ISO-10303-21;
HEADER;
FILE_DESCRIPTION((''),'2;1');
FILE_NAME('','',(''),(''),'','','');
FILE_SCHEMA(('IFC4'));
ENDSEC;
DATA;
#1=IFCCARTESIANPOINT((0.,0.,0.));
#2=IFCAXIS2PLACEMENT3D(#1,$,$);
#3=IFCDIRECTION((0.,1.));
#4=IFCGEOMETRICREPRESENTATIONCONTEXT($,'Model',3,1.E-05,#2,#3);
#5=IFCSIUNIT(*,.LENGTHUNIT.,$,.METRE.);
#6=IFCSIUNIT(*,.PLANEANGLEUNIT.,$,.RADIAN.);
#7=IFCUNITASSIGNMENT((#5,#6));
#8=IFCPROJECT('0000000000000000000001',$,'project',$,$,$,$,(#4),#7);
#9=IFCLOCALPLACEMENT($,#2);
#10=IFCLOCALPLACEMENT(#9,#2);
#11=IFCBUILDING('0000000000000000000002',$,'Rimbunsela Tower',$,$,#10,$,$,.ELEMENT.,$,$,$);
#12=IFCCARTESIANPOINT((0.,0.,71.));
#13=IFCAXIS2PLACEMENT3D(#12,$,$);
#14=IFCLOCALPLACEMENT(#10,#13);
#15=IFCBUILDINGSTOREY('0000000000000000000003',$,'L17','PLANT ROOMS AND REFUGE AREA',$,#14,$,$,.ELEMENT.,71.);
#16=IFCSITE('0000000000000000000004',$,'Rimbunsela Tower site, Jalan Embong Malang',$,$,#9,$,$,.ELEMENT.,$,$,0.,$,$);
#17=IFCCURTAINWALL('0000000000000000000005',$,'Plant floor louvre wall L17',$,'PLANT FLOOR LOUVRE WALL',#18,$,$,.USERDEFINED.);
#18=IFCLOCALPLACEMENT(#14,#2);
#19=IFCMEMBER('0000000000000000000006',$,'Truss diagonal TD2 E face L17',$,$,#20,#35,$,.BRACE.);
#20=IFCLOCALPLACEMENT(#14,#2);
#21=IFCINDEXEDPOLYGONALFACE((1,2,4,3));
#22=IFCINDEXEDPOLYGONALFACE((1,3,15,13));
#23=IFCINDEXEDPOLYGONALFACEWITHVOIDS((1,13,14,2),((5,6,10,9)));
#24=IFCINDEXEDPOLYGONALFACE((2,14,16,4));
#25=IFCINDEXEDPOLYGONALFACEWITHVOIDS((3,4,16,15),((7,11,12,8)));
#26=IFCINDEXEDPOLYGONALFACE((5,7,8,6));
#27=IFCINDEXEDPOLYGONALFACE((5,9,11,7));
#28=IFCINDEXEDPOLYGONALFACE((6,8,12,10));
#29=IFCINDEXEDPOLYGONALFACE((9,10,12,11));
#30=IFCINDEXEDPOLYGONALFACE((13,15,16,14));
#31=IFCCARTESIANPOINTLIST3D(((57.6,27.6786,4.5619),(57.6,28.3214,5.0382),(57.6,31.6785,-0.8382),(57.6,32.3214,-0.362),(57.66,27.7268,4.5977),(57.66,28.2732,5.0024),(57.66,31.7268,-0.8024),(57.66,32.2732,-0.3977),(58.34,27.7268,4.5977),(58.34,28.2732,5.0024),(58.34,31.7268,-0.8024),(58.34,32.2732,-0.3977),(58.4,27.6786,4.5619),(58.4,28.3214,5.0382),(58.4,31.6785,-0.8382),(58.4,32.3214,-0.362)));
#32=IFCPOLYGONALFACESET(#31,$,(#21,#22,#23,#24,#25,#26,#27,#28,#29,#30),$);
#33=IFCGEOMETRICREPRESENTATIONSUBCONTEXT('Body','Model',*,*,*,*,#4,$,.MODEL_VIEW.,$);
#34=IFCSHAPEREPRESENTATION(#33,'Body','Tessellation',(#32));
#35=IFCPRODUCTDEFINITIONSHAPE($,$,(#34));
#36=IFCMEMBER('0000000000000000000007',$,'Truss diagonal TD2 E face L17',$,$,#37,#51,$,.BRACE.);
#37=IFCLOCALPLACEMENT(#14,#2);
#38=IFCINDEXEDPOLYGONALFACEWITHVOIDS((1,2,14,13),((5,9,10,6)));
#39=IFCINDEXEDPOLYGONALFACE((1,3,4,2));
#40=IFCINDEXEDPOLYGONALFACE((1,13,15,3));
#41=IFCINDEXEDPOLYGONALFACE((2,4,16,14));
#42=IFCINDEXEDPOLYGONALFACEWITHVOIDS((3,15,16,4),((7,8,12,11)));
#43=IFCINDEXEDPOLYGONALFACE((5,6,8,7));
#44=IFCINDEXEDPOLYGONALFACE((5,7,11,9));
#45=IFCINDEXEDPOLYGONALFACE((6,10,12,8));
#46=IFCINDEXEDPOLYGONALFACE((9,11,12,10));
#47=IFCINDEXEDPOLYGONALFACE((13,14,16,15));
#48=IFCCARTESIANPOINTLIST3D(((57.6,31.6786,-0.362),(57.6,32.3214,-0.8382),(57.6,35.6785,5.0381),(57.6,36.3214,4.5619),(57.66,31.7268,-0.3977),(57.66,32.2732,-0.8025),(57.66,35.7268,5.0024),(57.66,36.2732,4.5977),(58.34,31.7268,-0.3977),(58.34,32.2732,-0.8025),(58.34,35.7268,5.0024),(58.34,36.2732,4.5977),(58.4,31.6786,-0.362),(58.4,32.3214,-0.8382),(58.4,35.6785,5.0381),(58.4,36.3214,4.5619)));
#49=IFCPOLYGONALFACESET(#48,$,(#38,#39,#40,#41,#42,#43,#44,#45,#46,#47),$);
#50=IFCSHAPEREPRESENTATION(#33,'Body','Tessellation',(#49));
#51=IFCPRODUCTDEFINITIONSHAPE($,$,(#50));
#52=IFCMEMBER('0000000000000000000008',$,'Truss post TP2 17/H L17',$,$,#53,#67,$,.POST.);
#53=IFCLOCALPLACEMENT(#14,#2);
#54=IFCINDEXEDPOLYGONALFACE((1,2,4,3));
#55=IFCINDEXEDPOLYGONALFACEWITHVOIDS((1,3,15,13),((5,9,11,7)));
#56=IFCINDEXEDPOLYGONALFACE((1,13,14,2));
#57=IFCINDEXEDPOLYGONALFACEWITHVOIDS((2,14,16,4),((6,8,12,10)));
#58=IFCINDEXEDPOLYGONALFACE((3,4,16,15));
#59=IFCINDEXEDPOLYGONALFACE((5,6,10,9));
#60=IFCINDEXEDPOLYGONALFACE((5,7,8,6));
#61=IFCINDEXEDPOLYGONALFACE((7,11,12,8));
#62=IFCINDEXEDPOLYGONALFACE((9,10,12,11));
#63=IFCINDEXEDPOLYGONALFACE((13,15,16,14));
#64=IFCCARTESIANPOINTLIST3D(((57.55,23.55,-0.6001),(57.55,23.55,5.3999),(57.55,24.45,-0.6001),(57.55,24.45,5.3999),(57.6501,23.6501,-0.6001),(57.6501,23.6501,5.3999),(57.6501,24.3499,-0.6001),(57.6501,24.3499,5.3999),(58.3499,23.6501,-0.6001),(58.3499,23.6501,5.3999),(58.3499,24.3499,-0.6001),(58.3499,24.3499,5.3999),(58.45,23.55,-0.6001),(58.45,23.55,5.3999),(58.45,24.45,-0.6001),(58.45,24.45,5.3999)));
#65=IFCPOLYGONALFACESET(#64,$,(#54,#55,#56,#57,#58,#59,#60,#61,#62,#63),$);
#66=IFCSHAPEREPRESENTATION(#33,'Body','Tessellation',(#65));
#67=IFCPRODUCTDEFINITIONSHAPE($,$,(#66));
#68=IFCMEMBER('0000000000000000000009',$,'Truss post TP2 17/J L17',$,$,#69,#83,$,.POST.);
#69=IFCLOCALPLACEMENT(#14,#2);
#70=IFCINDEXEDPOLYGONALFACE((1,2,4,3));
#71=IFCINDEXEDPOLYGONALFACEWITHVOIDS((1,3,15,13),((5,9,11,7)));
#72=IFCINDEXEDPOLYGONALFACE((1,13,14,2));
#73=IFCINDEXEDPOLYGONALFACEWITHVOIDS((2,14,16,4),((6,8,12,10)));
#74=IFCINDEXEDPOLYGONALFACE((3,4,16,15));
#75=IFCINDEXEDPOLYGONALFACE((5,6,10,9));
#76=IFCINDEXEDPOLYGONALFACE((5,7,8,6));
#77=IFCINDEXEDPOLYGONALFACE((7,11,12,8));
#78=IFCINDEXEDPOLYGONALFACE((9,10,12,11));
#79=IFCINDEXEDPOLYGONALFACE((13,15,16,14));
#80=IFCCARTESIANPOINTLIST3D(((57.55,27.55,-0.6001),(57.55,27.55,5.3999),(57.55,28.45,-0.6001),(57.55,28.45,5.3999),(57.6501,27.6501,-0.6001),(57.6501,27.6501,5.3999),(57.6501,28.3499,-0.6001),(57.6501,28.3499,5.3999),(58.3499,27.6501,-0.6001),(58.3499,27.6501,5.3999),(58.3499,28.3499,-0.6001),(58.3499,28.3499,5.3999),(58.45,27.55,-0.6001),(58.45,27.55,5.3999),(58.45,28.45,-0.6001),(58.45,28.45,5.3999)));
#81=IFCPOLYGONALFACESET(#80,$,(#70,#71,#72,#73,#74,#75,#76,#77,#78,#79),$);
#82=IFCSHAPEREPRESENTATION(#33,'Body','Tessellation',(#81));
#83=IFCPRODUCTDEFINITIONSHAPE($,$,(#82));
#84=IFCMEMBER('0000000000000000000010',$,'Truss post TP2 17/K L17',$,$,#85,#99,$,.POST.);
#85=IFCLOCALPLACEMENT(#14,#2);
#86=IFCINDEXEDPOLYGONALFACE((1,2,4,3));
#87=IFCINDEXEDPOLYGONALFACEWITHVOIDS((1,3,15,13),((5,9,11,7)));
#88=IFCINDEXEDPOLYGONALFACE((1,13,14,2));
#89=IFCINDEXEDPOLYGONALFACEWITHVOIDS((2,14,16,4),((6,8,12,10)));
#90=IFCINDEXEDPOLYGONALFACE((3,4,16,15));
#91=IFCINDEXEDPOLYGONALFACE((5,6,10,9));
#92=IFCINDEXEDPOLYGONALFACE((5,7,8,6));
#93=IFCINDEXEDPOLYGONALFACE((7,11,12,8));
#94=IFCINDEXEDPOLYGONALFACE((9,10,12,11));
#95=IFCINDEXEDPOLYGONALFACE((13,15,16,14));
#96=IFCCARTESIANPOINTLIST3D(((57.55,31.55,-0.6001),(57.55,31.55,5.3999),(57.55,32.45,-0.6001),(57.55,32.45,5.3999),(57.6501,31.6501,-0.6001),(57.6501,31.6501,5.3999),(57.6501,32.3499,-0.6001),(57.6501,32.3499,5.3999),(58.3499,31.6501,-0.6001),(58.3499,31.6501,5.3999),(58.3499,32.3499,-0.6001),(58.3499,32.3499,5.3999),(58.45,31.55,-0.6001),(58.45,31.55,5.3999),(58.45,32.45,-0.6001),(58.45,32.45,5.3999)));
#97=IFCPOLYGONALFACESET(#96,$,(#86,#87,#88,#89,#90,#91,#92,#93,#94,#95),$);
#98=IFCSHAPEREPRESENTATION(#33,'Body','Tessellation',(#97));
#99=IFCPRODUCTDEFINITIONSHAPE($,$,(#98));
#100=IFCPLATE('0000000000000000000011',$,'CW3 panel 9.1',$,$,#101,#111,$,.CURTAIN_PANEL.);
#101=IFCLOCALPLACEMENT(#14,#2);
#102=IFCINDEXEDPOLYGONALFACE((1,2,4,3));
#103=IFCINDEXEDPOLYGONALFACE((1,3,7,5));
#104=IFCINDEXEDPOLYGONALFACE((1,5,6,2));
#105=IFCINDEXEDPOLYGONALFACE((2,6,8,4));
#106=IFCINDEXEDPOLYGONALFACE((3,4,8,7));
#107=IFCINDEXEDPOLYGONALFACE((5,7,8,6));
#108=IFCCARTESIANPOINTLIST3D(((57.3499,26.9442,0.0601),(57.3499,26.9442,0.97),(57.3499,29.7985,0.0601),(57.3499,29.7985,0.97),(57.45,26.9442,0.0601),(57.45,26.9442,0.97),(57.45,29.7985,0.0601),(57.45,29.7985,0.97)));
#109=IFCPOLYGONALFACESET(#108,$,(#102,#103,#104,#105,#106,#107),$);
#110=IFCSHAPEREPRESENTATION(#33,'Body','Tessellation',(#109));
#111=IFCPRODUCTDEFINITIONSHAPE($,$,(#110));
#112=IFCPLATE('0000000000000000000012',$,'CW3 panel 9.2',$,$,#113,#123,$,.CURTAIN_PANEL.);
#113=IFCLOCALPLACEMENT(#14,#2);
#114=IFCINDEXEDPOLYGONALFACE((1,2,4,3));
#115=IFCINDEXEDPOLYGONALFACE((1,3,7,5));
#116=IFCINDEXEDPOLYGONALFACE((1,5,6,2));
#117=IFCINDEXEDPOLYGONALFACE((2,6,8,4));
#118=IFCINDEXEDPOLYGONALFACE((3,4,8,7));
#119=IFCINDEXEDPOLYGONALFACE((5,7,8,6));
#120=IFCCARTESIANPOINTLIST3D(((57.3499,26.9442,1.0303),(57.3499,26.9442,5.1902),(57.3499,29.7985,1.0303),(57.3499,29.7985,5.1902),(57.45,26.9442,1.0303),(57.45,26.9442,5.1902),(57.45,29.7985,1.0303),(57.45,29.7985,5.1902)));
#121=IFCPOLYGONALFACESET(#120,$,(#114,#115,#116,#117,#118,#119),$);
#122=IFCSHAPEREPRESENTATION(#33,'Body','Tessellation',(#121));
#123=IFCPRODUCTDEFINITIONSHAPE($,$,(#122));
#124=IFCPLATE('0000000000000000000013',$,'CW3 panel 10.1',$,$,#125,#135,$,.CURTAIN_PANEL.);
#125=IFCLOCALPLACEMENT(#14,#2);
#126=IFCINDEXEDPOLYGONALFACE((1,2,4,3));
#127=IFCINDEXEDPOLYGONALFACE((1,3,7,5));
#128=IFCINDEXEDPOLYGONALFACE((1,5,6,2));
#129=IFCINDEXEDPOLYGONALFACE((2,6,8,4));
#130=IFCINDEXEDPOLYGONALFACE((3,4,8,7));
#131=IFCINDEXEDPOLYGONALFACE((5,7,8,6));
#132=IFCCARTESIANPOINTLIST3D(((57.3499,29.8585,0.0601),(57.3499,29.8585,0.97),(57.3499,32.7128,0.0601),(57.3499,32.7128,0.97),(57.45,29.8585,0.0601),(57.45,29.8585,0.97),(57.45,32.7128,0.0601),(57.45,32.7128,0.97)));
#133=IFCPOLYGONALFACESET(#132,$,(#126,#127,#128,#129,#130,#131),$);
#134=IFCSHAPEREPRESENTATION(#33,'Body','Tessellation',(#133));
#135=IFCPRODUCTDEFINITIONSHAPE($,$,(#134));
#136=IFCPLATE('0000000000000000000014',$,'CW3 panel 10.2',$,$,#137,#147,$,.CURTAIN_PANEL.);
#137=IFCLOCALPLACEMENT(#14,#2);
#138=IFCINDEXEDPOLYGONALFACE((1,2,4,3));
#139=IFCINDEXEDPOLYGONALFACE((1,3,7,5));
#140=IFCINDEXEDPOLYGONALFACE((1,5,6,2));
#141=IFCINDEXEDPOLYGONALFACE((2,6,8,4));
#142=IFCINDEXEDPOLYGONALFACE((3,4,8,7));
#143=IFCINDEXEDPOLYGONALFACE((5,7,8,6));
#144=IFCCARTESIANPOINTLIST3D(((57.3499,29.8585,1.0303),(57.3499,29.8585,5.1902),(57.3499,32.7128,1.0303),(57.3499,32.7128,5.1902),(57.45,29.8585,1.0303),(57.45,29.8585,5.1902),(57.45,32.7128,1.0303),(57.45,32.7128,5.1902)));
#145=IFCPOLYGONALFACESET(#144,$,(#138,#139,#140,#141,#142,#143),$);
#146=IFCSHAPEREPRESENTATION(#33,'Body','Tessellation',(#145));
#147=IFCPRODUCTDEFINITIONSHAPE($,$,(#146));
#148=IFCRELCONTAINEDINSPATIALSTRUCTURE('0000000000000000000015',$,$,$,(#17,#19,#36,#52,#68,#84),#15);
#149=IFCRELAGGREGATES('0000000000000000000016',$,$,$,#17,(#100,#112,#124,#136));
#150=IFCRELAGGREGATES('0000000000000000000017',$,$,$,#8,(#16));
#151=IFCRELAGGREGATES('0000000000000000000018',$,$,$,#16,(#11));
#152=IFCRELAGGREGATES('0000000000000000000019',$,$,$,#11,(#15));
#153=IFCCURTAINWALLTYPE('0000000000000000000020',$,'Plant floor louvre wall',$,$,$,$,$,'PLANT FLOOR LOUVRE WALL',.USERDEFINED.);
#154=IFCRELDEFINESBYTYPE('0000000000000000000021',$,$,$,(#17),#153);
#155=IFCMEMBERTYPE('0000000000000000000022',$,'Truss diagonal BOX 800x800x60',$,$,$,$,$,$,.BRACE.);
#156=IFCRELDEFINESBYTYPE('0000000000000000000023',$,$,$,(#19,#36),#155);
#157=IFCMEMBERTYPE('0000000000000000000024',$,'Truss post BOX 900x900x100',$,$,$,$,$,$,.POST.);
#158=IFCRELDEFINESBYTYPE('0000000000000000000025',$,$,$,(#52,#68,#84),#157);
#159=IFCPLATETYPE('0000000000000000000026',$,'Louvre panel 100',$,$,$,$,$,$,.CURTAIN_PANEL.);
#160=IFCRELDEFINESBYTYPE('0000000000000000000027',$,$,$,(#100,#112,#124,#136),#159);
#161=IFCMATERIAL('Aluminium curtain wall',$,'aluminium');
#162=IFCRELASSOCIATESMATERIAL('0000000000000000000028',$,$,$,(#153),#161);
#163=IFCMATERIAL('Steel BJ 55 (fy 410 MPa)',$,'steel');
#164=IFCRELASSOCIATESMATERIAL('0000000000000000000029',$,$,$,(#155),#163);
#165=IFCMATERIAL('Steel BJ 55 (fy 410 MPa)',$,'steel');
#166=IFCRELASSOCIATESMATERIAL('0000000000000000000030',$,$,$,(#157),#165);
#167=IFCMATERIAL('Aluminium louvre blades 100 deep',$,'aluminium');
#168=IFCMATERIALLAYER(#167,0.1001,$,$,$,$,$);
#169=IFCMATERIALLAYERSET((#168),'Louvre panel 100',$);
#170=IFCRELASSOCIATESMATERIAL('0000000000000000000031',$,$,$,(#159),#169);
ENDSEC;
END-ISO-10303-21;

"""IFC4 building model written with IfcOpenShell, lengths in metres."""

from ifc_helpers import new_model, si_unit, direction, frame, origin, origin_2d, place, context, subcontext, project, spatial, rectangle, hollow_rectangle, extrude, material, layer, layer_set, material_profile, profile_set, type_object, element, aggregate, save


model = new_model("IFC4")

# Units and contexts
model_context = context("Model", 3, precision=1e-05, world=origin(), true_north=direction((0.0, 1.0)))
body_context = subcontext(model_context, "Body", "Model", "MODEL_VIEW")
ifc_project = project(units=[si_unit("LENGTHUNIT", "METRE"), si_unit("PLANEANGLEUNIT", "RADIAN")], contexts=[model_context])

# Site, building, storey
site_placement = place(None, origin())
site = spatial("IfcSite", under=ifc_project, at=site_placement, Name="Rimbunsela Tower site, Jalan Embong Malang", CompositionType="ELEMENT", RefElevation=0.0)
building_placement = place(site_placement, origin())
building = spatial("IfcBuilding", under=site, at=building_placement, Name="Rimbunsela Tower", CompositionType="ELEMENT")
storey_placement = place(building_placement, frame((0.0, 0.0, 71.0)))
storey = spatial("IfcBuildingStorey", under=building, at=storey_placement, Name="L17", Description="PLANT ROOMS AND REFUGE AREA", CompositionType="ELEMENT", Elevation=71.0)

# Curtain wall
ifc_material_1 = material(Name="Aluminium curtain wall", Category="aluminium")
curtain_wall_type = type_object("IfcCurtainWallType", Name="Plant floor louvre wall", ElementType="PLANT FLOOR LOUVRE WALL", PredefinedType="USERDEFINED", material=ifc_material_1)
curtain_wall_placement = place(storey_placement, origin())
curtain_wall = element("IfcCurtainWall", 1, at=curtain_wall_placement, inside=storey, type_object=curtain_wall_type, Name="Plant floor louvre wall L17", ObjectType="PLANT FLOOR LOUVRE WALL", PredefinedType="USERDEFINED")

# Members
ifc_material_2 = material(Name="Steel BJ 55 (fy 410 MPa)", Category="steel")
ifc_material_profile_1 = material_profile(ifc_material_2, hollow_rectangle(XDim=0.8, YDim=0.8, WallThickness=0.0601, at=origin_2d()), Name="BOX 800x800x60")
ifc_profile_set_1 = profile_set([ifc_material_profile_1], Name="Steel BJ 55 (fy 410 MPa)")
member_type_1 = type_object("IfcMemberType", Name="Truss diagonal BOX 800x800x60", PredefinedType="BRACE", material=ifc_profile_set_1)
for number, where, z_axis, x_axis, name in (
    (2, (58.0, 28.0, 4.8), (0.0, 0.595217, -0.803565), (-1.0, 0.0, 0.0), "Truss diagonal TD2 E face L17"),
    (3, (58.0, 32.0, -0.6001), (0.0, 0.595217, 0.803565), (-1.0, 0.0, 0.0), "Truss diagonal TD2 E face L17"),
):
    element("IfcMember", number, at=place(storey_placement, frame(where, z_axis=z_axis, x_axis=x_axis)), inside=storey, type_object=member_type_1, Name=name, PredefinedType="BRACE", context=body_context, shape_type="SweptSolid", body=[
        extrude(hollow_rectangle(XDim=0.8, YDim=0.8, WallThickness=0.0601, at=origin_2d()), origin(), (0.0, 0.0, 1.0), 6.7202),
    ])
ifc_material_3 = material(Name="Steel BJ 55 (fy 410 MPa)", Category="steel")
ifc_material_profile_2 = material_profile(ifc_material_3, hollow_rectangle(XDim=0.8999, YDim=0.8999, WallThickness=0.1001, at=origin_2d()), Name="BOX 900x900x100")
ifc_profile_set_2 = profile_set([ifc_material_profile_2], Name="Steel BJ 55 (fy 410 MPa)")
member_type_2 = type_object("IfcMemberType", Name="Truss post BOX 900x900x100", PredefinedType="POST", material=ifc_profile_set_2)
for number, where, z_axis, x_axis, name in (
    (4, (58.0, 24.0, -0.6001), (0.0, 0.0, 1.0), (1.0, 0.0, 0.0), "Truss post TP2 17/H L17"),
    (5, (58.0, 28.0, -0.6001), (0.0, 0.0, 1.0), (1.0, 0.0, 0.0), "Truss post TP2 17/J L17"),
    (6, (58.0, 32.0, -0.6001), (0.0, 0.0, 1.0), (1.0, 0.0, 0.0), "Truss post TP2 17/K L17"),
):
    element("IfcMember", number, at=place(storey_placement, frame(where, z_axis=z_axis, x_axis=x_axis)), inside=storey, type_object=member_type_2, Name=name, PredefinedType="POST", context=body_context, shape_type="SweptSolid", body=[
        extrude(hollow_rectangle(XDim=0.8999, YDim=0.8999, WallThickness=0.1001, at=origin_2d()), origin(), (0.0, 0.0, 1.0), 6.0),
    ])

# Plates
ifc_material_4 = material(Name="Aluminium louvre blades 100 deep", Category="aluminium")
ifc_layer = layer(ifc_material_4, 0.1001)
ifc_layer_set = layer_set([ifc_layer], Name="Louvre panel 100")
plate_type = type_object("IfcPlateType", Name="Louvre panel 100", PredefinedType="CURTAIN_PANEL", material=ifc_layer_set)
plate_1_placement = place(storey_placement, frame((57.3999, 28.3713, 0.0601), z_axis=(0.0, 0.0, 1.0), x_axis=(0.0, 1.0, 0.0)))
plate_1 = element("IfcPlate", 7, at=plate_1_placement, type_object=plate_type, Name="CW3 panel 9.1", PredefinedType="CURTAIN_PANEL", context=body_context, shape_type="SweptSolid", body=[
    extrude(rectangle(XDim=2.8542, YDim=0.1001, at=origin_2d()), origin(), (0.0, 0.0, 1.0), 0.9099),
])
plate_2_placement = place(storey_placement, frame((57.3999, 28.3713, 1.0303), z_axis=(0.0, 0.0, 1.0), x_axis=(0.0, 1.0, 0.0)))
plate_2 = element("IfcPlate", 8, at=plate_2_placement, type_object=plate_type, Name="CW3 panel 9.2", PredefinedType="CURTAIN_PANEL", context=body_context, shape_type="SweptSolid", body=[
    extrude(rectangle(XDim=2.8542, YDim=0.1001, at=origin_2d()), origin(), (0.0, 0.0, 1.0), 4.1599),
])
plate_3_placement = place(storey_placement, frame((57.3999, 31.2856, 0.0601), z_axis=(0.0, 0.0, 1.0), x_axis=(0.0, 1.0, 0.0)))
plate_3 = element("IfcPlate", 9, at=plate_3_placement, type_object=plate_type, Name="CW3 panel 10.1", PredefinedType="CURTAIN_PANEL", context=body_context, shape_type="SweptSolid", body=[
    extrude(rectangle(XDim=2.8542, YDim=0.1001, at=origin_2d()), origin(), (0.0, 0.0, 1.0), 0.9099),
])
plate_4_placement = place(storey_placement, frame((57.3999, 31.2856, 1.0303), z_axis=(0.0, 0.0, 1.0), x_axis=(0.0, 1.0, 0.0)))
plate_4 = element("IfcPlate", 10, at=plate_4_placement, type_object=plate_type, Name="CW3 panel 10.2", PredefinedType="CURTAIN_PANEL", context=body_context, shape_type="SweptSolid", body=[
    extrude(rectangle(XDim=2.8542, YDim=0.1001, at=origin_2d()), origin(), (0.0, 0.0, 1.0), 4.1599),
])
aggregate(curtain_wall, [plate_1, plate_2, plate_3, plate_4])

save(model, "model.ifc")
